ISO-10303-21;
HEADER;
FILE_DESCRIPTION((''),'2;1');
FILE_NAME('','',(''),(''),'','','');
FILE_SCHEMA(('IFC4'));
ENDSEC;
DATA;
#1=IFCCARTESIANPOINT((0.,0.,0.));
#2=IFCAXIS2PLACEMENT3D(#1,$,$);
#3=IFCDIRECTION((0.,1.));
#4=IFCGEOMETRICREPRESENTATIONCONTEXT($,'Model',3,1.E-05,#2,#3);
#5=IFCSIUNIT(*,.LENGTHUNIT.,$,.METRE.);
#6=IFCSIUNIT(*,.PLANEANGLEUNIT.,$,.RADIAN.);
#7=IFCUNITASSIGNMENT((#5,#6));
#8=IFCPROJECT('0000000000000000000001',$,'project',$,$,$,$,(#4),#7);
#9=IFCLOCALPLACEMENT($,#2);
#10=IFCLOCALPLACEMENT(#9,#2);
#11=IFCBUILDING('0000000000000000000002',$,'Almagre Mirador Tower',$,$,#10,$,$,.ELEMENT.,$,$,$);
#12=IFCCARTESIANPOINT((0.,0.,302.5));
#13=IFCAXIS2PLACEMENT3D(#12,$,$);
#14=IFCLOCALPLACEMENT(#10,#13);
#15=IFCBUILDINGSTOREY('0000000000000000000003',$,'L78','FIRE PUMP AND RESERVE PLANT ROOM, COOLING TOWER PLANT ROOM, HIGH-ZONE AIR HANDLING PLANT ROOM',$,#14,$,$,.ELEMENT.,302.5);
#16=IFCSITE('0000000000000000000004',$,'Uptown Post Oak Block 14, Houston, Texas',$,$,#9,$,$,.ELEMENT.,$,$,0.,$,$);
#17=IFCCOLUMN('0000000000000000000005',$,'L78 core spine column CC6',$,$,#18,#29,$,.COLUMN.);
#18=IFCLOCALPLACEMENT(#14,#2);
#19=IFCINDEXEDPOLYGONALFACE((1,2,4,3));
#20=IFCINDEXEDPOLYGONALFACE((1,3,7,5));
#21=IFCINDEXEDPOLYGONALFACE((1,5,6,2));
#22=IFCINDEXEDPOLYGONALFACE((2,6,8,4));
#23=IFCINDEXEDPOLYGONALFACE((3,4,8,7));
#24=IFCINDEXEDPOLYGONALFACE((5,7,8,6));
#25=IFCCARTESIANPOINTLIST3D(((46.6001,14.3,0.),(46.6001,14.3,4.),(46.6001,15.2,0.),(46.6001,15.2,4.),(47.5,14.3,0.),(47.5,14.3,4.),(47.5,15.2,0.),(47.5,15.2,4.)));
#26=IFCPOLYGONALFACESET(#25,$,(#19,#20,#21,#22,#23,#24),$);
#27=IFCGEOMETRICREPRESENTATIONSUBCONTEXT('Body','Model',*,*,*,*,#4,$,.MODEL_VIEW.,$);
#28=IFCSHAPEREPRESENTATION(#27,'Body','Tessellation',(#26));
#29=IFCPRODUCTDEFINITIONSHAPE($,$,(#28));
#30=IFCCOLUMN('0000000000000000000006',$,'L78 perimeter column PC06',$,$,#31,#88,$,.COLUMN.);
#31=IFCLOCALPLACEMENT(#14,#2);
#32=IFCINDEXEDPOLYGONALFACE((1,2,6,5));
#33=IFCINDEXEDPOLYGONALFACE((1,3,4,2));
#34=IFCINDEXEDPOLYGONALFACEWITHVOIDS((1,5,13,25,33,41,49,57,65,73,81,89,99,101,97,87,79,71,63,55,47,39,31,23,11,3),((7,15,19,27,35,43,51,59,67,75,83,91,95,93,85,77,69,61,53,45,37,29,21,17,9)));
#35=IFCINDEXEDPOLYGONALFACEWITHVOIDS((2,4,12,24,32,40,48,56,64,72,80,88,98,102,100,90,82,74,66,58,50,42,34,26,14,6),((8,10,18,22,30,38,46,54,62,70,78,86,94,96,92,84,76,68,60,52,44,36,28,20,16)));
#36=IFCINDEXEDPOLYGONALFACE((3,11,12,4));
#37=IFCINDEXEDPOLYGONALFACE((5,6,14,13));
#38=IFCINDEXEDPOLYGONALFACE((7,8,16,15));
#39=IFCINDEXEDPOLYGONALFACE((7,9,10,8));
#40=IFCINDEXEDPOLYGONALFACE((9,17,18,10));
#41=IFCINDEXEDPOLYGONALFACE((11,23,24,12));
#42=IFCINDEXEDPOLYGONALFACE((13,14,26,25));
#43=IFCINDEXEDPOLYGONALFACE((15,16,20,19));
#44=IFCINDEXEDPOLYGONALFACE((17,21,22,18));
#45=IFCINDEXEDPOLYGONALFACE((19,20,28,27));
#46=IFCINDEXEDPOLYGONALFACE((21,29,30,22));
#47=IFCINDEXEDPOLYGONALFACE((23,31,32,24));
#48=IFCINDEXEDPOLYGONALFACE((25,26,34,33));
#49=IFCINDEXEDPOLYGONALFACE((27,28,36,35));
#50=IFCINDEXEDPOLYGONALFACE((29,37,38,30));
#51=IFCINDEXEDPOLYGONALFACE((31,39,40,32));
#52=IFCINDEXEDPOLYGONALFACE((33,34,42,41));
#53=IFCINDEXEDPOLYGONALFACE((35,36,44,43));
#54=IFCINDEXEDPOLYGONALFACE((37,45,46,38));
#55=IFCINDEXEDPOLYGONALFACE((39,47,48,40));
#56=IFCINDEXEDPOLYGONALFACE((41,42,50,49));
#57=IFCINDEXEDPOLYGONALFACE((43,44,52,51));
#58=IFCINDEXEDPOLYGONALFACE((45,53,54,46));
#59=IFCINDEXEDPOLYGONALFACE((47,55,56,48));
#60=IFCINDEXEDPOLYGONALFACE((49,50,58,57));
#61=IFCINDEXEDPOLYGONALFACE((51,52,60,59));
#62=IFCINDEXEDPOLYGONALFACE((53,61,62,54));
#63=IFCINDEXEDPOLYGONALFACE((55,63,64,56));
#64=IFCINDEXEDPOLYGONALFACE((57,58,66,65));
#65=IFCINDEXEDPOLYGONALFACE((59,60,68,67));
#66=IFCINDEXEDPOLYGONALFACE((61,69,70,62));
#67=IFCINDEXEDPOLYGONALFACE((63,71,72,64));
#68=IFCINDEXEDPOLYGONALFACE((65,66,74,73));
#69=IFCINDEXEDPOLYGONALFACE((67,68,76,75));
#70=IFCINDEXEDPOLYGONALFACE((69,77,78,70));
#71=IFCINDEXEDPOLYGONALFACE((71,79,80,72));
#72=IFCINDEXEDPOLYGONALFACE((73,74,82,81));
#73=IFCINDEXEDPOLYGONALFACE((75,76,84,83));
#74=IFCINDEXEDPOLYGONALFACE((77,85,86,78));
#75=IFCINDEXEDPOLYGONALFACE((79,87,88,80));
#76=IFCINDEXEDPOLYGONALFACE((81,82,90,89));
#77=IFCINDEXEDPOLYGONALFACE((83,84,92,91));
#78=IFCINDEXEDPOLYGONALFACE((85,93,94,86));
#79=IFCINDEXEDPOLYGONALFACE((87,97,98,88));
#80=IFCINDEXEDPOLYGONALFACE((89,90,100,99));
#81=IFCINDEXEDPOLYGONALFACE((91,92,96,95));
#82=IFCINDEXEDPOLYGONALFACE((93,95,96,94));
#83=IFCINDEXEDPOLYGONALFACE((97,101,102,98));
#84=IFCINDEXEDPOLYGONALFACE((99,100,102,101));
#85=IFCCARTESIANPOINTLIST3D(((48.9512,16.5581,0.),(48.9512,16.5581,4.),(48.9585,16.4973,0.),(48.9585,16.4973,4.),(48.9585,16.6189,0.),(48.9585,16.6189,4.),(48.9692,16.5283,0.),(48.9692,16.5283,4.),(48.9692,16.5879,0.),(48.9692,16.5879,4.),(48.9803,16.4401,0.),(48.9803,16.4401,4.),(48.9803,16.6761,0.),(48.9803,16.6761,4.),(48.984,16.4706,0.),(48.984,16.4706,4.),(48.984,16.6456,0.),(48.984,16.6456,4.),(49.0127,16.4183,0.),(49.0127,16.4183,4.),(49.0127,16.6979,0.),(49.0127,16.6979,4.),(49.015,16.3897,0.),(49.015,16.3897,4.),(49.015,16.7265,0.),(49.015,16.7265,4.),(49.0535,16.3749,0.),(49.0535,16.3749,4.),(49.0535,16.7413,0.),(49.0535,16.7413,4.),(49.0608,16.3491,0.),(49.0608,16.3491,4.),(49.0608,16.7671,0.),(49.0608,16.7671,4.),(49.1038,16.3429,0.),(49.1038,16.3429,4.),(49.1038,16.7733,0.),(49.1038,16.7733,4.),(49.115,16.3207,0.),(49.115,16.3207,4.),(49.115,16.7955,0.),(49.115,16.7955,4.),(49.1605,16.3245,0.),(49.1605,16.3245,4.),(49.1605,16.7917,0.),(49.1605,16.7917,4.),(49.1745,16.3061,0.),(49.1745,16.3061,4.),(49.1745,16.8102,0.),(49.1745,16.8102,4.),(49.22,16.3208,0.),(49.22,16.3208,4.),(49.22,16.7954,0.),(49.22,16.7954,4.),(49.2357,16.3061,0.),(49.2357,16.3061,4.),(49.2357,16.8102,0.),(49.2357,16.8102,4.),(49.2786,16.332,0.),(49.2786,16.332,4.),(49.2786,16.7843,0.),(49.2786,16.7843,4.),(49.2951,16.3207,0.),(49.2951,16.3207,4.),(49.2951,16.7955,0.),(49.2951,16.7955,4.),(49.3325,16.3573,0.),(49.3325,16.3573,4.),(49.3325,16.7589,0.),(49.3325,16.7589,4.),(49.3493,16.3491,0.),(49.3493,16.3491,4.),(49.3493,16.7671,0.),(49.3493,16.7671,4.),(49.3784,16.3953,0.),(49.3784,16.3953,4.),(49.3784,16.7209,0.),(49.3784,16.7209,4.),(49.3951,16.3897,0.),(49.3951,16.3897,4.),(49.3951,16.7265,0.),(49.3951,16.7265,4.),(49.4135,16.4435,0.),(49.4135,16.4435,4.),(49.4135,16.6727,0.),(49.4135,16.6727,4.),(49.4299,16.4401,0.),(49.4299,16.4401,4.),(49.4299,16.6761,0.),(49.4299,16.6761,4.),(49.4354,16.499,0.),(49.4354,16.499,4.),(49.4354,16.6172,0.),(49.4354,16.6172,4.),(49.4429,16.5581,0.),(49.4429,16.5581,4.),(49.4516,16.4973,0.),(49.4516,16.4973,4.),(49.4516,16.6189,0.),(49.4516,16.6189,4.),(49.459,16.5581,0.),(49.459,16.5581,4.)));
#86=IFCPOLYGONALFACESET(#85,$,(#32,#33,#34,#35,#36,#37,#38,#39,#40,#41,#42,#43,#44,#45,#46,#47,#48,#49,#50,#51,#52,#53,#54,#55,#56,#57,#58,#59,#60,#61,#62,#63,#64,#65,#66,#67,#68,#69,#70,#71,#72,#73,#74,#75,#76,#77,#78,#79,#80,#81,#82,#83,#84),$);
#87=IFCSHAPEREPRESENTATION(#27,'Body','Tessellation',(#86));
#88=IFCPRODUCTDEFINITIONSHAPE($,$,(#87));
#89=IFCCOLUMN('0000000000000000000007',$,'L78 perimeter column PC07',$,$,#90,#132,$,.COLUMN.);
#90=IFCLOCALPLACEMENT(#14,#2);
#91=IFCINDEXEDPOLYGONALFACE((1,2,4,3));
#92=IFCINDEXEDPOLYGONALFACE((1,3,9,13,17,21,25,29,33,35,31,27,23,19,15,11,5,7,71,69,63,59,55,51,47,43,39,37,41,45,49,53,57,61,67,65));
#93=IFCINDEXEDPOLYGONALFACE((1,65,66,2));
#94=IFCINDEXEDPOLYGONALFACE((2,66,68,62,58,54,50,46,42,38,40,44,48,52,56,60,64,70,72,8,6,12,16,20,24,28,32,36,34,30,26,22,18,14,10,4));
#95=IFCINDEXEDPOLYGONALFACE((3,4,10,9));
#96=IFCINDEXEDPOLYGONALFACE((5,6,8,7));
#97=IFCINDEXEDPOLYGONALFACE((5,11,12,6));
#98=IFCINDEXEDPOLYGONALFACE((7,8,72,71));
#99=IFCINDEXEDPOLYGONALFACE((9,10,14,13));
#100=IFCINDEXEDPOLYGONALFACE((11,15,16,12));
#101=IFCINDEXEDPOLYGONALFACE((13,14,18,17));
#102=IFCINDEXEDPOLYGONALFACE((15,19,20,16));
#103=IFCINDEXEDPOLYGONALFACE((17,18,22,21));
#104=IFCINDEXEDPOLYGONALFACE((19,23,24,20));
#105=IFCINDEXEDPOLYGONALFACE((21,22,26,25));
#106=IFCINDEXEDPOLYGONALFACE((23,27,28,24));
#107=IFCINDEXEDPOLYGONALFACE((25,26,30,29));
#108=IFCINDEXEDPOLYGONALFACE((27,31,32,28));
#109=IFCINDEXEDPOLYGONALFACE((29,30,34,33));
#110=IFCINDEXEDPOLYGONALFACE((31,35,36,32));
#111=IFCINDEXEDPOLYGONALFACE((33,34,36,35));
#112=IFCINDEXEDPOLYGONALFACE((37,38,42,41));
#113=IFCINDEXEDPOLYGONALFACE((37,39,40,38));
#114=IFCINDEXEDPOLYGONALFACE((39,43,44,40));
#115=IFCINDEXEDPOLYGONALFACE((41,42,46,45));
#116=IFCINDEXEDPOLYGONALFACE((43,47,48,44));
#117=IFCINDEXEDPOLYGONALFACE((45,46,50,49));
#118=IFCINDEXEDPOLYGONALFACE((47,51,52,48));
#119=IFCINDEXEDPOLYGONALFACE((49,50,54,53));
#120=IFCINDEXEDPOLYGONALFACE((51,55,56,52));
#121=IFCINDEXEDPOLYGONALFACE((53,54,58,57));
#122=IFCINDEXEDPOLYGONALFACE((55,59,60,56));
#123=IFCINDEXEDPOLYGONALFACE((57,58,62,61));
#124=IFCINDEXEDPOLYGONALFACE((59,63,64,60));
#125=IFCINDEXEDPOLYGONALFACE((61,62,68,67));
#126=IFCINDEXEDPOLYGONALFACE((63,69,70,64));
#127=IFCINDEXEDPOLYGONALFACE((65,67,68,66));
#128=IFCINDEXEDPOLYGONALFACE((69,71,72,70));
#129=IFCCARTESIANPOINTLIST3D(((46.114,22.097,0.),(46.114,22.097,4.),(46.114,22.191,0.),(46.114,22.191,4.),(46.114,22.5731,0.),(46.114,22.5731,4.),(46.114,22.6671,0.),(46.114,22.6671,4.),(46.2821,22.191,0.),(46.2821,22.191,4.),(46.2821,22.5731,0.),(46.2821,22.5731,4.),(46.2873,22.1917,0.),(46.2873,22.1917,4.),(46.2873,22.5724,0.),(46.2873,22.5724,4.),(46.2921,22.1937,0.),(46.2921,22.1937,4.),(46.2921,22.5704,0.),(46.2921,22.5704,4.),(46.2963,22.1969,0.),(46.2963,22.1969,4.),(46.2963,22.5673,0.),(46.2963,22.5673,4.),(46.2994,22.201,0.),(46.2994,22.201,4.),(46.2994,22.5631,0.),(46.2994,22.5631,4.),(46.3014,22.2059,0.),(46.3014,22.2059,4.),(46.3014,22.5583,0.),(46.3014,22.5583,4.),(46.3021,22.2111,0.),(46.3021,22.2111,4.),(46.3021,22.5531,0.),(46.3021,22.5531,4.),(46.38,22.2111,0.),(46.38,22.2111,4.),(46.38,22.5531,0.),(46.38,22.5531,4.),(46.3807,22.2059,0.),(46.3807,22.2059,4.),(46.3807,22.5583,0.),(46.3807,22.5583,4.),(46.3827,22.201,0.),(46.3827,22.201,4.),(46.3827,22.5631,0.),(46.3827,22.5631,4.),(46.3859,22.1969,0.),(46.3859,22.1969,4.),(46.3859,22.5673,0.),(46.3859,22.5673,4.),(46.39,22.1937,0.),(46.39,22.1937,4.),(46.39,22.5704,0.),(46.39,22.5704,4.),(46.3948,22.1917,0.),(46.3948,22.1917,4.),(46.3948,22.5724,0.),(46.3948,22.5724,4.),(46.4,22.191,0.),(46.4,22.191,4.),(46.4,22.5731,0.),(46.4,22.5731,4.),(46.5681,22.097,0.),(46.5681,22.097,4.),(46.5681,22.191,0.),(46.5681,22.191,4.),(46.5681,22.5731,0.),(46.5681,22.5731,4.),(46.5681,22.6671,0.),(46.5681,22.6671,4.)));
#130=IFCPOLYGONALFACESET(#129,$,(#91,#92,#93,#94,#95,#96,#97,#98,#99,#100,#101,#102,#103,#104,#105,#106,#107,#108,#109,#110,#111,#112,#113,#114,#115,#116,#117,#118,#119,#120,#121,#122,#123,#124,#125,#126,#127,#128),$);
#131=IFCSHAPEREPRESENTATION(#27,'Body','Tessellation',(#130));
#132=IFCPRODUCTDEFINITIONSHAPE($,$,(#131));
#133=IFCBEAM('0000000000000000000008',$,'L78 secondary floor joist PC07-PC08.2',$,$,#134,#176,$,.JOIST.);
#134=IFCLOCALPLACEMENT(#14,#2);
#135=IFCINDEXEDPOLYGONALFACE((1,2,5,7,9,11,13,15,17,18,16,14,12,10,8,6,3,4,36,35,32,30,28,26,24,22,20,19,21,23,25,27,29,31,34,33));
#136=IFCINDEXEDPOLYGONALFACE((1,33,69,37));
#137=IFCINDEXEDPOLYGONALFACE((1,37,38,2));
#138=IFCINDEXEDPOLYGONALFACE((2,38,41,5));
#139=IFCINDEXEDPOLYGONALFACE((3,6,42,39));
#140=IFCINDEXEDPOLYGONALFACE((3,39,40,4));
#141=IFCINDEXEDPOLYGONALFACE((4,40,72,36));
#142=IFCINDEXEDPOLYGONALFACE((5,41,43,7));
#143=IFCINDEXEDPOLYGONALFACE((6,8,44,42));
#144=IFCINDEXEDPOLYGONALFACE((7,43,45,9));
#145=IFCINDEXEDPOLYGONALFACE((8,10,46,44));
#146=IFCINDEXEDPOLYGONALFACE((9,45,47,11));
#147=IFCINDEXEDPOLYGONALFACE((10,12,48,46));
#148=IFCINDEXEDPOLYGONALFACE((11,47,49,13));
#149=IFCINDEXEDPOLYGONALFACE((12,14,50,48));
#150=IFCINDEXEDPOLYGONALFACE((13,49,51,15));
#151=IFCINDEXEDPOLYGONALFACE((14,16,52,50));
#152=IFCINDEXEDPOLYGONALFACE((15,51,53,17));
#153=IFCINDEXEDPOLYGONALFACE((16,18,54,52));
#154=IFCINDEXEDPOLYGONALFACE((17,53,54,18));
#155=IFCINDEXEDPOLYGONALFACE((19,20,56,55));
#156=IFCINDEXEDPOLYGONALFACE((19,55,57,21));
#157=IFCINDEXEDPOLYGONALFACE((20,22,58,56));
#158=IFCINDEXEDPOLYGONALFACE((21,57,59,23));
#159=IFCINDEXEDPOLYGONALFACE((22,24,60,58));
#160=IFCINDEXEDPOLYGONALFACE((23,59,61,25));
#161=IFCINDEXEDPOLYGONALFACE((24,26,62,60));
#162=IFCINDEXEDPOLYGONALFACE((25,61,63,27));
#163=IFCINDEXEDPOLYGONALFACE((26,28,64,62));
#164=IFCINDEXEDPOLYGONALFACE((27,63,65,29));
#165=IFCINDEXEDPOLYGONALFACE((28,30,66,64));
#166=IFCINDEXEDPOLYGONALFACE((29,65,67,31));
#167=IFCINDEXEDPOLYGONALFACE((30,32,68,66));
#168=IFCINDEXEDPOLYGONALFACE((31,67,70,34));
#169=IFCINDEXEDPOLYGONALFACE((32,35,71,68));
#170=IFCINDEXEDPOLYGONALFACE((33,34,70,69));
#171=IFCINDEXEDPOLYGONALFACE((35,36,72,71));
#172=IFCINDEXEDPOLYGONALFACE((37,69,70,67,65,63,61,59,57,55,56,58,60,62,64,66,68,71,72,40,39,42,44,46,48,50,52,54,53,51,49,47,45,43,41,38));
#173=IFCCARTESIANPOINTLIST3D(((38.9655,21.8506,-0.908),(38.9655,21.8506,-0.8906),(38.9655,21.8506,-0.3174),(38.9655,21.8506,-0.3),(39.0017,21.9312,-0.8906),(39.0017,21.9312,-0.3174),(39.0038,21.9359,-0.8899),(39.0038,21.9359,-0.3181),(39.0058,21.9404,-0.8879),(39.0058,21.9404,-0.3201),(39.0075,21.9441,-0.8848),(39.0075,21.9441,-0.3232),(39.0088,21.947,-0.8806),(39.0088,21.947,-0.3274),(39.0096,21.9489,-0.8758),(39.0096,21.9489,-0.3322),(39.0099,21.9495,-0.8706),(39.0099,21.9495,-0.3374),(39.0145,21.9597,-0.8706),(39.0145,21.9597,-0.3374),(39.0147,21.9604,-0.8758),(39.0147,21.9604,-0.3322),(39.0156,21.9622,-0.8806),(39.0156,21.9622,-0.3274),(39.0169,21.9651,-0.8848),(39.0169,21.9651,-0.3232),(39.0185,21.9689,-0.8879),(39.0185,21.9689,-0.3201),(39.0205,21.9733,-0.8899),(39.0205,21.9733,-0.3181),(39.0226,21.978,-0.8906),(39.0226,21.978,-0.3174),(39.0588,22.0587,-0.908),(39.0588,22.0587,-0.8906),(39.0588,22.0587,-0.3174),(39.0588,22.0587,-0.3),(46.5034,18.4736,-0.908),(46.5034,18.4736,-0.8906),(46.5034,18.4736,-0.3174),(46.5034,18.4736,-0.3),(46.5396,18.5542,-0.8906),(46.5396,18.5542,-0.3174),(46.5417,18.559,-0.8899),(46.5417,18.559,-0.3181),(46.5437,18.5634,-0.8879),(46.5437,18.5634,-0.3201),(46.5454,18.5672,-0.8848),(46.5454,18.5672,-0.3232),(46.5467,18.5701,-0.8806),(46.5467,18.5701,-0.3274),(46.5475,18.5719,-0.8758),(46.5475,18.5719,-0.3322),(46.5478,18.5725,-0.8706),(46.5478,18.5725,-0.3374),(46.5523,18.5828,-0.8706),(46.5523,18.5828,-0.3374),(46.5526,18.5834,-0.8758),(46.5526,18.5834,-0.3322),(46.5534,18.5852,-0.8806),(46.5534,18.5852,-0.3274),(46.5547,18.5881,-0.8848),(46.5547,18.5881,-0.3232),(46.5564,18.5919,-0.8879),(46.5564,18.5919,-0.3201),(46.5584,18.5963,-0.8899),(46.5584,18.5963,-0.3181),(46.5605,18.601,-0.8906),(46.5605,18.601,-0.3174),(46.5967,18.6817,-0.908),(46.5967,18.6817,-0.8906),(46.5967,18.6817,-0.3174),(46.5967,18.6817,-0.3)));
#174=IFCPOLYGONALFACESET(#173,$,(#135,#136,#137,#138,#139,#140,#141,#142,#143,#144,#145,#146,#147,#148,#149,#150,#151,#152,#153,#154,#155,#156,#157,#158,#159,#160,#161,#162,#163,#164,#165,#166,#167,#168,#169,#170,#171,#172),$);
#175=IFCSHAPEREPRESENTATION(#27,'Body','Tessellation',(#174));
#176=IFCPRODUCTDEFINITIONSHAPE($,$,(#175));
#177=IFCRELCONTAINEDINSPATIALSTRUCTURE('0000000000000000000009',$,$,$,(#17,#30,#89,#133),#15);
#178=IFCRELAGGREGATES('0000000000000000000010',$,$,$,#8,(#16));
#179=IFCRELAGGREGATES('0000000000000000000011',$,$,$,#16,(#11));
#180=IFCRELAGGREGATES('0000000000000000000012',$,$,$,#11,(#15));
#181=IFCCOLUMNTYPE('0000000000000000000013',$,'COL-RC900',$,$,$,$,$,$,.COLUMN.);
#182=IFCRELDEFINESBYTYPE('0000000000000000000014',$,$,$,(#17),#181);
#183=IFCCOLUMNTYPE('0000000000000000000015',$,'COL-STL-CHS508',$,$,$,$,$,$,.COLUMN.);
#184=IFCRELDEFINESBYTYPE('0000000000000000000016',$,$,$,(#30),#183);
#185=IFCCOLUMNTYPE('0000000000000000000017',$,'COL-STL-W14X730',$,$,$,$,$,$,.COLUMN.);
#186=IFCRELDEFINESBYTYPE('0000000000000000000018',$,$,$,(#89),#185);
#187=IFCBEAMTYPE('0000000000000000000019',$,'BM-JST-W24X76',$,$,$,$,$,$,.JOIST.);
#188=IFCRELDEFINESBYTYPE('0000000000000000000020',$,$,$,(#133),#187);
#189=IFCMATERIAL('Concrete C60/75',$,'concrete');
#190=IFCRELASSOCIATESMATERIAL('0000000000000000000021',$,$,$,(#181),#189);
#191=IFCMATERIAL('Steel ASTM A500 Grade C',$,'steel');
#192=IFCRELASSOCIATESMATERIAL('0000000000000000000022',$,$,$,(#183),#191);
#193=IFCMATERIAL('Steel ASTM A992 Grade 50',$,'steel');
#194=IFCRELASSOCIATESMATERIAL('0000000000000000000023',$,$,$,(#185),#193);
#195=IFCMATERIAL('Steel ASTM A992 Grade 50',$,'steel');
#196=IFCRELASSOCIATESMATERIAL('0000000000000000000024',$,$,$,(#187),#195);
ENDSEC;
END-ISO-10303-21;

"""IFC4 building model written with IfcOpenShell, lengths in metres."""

from ifc_helpers import new_model, si_unit, direction, frame, origin, origin_2d, place, context, subcontext, project, spatial, rectangle, hollow_circle, i_section, extrude, material, material_profile, profile_set, type_object, element, save


model = new_model("IFC4")

# Units and contexts
model_context = context("Model", 3, precision=1e-05, world=origin(), true_north=direction((0.0, 1.0)))
body_context = subcontext(model_context, "Body", "Model", "MODEL_VIEW")
ifc_project = project(units=[si_unit("LENGTHUNIT", "METRE"), si_unit("PLANEANGLEUNIT", "RADIAN")], contexts=[model_context])

# Site, building, storey
site_placement = place(None, origin())
site = spatial("IfcSite", under=ifc_project, at=site_placement, Name="Uptown Post Oak Block 14, Houston, Texas", CompositionType="ELEMENT", RefElevation=0.0)
building_placement = place(site_placement, origin())
building = spatial("IfcBuilding", under=site, at=building_placement, Name="Almagre Mirador Tower", CompositionType="ELEMENT")
storey_placement = place(building_placement, frame((0.0, 0.0, 302.5)))
storey = spatial("IfcBuildingStorey", under=building, at=storey_placement, Name="L78", Description="FIRE PUMP AND RESERVE PLANT ROOM, COOLING TOWER PLANT ROOM, HIGH-ZONE AIR HANDLING PLANT ROOM", CompositionType="ELEMENT", Elevation=302.5)

# Columns
ifc_material_1 = material(Name="Concrete C60/75", Category="concrete")
ifc_material_profile_1 = material_profile(ifc_material_1, rectangle(XDim=0.8999, YDim=0.8999, at=origin_2d()), Name="RC900X900")
ifc_profile_set_1 = profile_set([ifc_material_profile_1], Name="Concrete C60/75")
column_type_1 = type_object("IfcColumnType", Name="COL-RC900", PredefinedType="COLUMN", material=ifc_profile_set_1)
column_1_placement = place(storey_placement, frame((47.05, 14.75, 0.0), z_axis=(0.0, 0.0, 1.0), x_axis=(1.0, 0.0, 0.0)))
element("IfcColumn", 1, at=column_1_placement, inside=storey, type_object=column_type_1, Name="L78 core spine column CC6", PredefinedType="COLUMN", context=body_context, shape_type="SweptSolid", body=[
    extrude(rectangle(XDim=0.8999, YDim=0.8999, at=origin_2d()), origin(), (0.0, 0.0, 1.0), 4.0),
])
ifc_material_2 = material(Name="Steel ASTM A500 Grade C", Category="steel")
ifc_material_profile_2 = material_profile(ifc_material_2, hollow_circle(Radius=0.2539, WallThickness=0.0161, at=origin_2d()), Name="CHS508X16")
ifc_profile_set_2 = profile_set([ifc_material_profile_2], Name="Steel ASTM A500 Grade C")
column_type_2 = type_object("IfcColumnType", Name="COL-STL-CHS508", PredefinedType="COLUMN", material=ifc_profile_set_2)
column_2_placement = place(storey_placement, frame((49.2051, 16.5581, 0.0), z_axis=(0.0, 0.0, 1.0), x_axis=(1.0, 0.0, 0.0)))
element("IfcColumn", 2, at=column_2_placement, inside=storey, type_object=column_type_2, Name="L78 perimeter column PC06", PredefinedType="COLUMN", context=body_context, shape_type="SweptSolid", body=[
    extrude(hollow_circle(Radius=0.2539, WallThickness=0.0161, at=origin_2d()), origin(), (0.0, 0.0, 1.0), 4.0),
])
ifc_material_3 = material(Name="Steel ASTM A992 Grade 50", Category="steel")
ifc_material_profile_3 = material_profile(ifc_material_3, i_section(OverallWidth=0.4541, OverallDepth=0.5701, WebThickness=0.0779, FlangeThickness=0.094, FilletRadius=0.02, at=origin_2d()), Name="W14X730")
ifc_profile_set_3 = profile_set([ifc_material_profile_3], Name="Steel ASTM A992 Grade 50")
column_type_3 = type_object("IfcColumnType", Name="COL-STL-W14X730", PredefinedType="COLUMN", material=ifc_profile_set_3)
column_3_placement = place(storey_placement, frame((46.3411, 22.3821, 0.0), z_axis=(0.0, 0.0, 1.0), x_axis=(1.0, 0.0, 0.0)))
element("IfcColumn", 3, at=column_3_placement, inside=storey, type_object=column_type_3, Name="L78 perimeter column PC07", PredefinedType="COLUMN", context=body_context, shape_type="SweptSolid", body=[
    extrude(i_section(OverallWidth=0.4541, OverallDepth=0.5701, WebThickness=0.0779, FlangeThickness=0.094, FilletRadius=0.02, at=origin_2d()), origin(), (0.0, 0.0, 1.0), 4.0),
])

# Beam
ifc_material_4 = material(Name="Steel ASTM A992 Grade 50", Category="steel")
ifc_material_profile_4 = material_profile(ifc_material_4, i_section(OverallWidth=0.228, OverallDepth=0.6079, WebThickness=0.0112, FlangeThickness=0.0173, FilletRadius=0.02, at=origin_2d()), Name="W24X76")
ifc_profile_set_4 = profile_set([ifc_material_profile_4], Name="Steel ASTM A992 Grade 50")
beam_type_1 = type_object("IfcBeamType", Name="BM-JST-W24X76", PredefinedType="JOIST", material=ifc_profile_set_4)
beam_1_placement = place(storey_placement, frame((46.55, 18.5776, -0.604), z_axis=(-0.912603, 0.408846, 0.0), x_axis=(-0.408846, -0.912603, 0.0)))
element("IfcBeam", 4, at=beam_1_placement, inside=storey, type_object=beam_type_1, Name="L78 secondary floor joist PC07-PC08.2", PredefinedType="JOIST", context=body_context, shape_type="SweptSolid", body=[
    extrude(i_section(OverallWidth=0.228, OverallDepth=0.6079, WebThickness=0.0112, FlangeThickness=0.0173, FilletRadius=0.02, at=origin_2d()), origin(), (0.0, 0.0, 1.0), 8.2598),
])

save(model, "model.ifc")
